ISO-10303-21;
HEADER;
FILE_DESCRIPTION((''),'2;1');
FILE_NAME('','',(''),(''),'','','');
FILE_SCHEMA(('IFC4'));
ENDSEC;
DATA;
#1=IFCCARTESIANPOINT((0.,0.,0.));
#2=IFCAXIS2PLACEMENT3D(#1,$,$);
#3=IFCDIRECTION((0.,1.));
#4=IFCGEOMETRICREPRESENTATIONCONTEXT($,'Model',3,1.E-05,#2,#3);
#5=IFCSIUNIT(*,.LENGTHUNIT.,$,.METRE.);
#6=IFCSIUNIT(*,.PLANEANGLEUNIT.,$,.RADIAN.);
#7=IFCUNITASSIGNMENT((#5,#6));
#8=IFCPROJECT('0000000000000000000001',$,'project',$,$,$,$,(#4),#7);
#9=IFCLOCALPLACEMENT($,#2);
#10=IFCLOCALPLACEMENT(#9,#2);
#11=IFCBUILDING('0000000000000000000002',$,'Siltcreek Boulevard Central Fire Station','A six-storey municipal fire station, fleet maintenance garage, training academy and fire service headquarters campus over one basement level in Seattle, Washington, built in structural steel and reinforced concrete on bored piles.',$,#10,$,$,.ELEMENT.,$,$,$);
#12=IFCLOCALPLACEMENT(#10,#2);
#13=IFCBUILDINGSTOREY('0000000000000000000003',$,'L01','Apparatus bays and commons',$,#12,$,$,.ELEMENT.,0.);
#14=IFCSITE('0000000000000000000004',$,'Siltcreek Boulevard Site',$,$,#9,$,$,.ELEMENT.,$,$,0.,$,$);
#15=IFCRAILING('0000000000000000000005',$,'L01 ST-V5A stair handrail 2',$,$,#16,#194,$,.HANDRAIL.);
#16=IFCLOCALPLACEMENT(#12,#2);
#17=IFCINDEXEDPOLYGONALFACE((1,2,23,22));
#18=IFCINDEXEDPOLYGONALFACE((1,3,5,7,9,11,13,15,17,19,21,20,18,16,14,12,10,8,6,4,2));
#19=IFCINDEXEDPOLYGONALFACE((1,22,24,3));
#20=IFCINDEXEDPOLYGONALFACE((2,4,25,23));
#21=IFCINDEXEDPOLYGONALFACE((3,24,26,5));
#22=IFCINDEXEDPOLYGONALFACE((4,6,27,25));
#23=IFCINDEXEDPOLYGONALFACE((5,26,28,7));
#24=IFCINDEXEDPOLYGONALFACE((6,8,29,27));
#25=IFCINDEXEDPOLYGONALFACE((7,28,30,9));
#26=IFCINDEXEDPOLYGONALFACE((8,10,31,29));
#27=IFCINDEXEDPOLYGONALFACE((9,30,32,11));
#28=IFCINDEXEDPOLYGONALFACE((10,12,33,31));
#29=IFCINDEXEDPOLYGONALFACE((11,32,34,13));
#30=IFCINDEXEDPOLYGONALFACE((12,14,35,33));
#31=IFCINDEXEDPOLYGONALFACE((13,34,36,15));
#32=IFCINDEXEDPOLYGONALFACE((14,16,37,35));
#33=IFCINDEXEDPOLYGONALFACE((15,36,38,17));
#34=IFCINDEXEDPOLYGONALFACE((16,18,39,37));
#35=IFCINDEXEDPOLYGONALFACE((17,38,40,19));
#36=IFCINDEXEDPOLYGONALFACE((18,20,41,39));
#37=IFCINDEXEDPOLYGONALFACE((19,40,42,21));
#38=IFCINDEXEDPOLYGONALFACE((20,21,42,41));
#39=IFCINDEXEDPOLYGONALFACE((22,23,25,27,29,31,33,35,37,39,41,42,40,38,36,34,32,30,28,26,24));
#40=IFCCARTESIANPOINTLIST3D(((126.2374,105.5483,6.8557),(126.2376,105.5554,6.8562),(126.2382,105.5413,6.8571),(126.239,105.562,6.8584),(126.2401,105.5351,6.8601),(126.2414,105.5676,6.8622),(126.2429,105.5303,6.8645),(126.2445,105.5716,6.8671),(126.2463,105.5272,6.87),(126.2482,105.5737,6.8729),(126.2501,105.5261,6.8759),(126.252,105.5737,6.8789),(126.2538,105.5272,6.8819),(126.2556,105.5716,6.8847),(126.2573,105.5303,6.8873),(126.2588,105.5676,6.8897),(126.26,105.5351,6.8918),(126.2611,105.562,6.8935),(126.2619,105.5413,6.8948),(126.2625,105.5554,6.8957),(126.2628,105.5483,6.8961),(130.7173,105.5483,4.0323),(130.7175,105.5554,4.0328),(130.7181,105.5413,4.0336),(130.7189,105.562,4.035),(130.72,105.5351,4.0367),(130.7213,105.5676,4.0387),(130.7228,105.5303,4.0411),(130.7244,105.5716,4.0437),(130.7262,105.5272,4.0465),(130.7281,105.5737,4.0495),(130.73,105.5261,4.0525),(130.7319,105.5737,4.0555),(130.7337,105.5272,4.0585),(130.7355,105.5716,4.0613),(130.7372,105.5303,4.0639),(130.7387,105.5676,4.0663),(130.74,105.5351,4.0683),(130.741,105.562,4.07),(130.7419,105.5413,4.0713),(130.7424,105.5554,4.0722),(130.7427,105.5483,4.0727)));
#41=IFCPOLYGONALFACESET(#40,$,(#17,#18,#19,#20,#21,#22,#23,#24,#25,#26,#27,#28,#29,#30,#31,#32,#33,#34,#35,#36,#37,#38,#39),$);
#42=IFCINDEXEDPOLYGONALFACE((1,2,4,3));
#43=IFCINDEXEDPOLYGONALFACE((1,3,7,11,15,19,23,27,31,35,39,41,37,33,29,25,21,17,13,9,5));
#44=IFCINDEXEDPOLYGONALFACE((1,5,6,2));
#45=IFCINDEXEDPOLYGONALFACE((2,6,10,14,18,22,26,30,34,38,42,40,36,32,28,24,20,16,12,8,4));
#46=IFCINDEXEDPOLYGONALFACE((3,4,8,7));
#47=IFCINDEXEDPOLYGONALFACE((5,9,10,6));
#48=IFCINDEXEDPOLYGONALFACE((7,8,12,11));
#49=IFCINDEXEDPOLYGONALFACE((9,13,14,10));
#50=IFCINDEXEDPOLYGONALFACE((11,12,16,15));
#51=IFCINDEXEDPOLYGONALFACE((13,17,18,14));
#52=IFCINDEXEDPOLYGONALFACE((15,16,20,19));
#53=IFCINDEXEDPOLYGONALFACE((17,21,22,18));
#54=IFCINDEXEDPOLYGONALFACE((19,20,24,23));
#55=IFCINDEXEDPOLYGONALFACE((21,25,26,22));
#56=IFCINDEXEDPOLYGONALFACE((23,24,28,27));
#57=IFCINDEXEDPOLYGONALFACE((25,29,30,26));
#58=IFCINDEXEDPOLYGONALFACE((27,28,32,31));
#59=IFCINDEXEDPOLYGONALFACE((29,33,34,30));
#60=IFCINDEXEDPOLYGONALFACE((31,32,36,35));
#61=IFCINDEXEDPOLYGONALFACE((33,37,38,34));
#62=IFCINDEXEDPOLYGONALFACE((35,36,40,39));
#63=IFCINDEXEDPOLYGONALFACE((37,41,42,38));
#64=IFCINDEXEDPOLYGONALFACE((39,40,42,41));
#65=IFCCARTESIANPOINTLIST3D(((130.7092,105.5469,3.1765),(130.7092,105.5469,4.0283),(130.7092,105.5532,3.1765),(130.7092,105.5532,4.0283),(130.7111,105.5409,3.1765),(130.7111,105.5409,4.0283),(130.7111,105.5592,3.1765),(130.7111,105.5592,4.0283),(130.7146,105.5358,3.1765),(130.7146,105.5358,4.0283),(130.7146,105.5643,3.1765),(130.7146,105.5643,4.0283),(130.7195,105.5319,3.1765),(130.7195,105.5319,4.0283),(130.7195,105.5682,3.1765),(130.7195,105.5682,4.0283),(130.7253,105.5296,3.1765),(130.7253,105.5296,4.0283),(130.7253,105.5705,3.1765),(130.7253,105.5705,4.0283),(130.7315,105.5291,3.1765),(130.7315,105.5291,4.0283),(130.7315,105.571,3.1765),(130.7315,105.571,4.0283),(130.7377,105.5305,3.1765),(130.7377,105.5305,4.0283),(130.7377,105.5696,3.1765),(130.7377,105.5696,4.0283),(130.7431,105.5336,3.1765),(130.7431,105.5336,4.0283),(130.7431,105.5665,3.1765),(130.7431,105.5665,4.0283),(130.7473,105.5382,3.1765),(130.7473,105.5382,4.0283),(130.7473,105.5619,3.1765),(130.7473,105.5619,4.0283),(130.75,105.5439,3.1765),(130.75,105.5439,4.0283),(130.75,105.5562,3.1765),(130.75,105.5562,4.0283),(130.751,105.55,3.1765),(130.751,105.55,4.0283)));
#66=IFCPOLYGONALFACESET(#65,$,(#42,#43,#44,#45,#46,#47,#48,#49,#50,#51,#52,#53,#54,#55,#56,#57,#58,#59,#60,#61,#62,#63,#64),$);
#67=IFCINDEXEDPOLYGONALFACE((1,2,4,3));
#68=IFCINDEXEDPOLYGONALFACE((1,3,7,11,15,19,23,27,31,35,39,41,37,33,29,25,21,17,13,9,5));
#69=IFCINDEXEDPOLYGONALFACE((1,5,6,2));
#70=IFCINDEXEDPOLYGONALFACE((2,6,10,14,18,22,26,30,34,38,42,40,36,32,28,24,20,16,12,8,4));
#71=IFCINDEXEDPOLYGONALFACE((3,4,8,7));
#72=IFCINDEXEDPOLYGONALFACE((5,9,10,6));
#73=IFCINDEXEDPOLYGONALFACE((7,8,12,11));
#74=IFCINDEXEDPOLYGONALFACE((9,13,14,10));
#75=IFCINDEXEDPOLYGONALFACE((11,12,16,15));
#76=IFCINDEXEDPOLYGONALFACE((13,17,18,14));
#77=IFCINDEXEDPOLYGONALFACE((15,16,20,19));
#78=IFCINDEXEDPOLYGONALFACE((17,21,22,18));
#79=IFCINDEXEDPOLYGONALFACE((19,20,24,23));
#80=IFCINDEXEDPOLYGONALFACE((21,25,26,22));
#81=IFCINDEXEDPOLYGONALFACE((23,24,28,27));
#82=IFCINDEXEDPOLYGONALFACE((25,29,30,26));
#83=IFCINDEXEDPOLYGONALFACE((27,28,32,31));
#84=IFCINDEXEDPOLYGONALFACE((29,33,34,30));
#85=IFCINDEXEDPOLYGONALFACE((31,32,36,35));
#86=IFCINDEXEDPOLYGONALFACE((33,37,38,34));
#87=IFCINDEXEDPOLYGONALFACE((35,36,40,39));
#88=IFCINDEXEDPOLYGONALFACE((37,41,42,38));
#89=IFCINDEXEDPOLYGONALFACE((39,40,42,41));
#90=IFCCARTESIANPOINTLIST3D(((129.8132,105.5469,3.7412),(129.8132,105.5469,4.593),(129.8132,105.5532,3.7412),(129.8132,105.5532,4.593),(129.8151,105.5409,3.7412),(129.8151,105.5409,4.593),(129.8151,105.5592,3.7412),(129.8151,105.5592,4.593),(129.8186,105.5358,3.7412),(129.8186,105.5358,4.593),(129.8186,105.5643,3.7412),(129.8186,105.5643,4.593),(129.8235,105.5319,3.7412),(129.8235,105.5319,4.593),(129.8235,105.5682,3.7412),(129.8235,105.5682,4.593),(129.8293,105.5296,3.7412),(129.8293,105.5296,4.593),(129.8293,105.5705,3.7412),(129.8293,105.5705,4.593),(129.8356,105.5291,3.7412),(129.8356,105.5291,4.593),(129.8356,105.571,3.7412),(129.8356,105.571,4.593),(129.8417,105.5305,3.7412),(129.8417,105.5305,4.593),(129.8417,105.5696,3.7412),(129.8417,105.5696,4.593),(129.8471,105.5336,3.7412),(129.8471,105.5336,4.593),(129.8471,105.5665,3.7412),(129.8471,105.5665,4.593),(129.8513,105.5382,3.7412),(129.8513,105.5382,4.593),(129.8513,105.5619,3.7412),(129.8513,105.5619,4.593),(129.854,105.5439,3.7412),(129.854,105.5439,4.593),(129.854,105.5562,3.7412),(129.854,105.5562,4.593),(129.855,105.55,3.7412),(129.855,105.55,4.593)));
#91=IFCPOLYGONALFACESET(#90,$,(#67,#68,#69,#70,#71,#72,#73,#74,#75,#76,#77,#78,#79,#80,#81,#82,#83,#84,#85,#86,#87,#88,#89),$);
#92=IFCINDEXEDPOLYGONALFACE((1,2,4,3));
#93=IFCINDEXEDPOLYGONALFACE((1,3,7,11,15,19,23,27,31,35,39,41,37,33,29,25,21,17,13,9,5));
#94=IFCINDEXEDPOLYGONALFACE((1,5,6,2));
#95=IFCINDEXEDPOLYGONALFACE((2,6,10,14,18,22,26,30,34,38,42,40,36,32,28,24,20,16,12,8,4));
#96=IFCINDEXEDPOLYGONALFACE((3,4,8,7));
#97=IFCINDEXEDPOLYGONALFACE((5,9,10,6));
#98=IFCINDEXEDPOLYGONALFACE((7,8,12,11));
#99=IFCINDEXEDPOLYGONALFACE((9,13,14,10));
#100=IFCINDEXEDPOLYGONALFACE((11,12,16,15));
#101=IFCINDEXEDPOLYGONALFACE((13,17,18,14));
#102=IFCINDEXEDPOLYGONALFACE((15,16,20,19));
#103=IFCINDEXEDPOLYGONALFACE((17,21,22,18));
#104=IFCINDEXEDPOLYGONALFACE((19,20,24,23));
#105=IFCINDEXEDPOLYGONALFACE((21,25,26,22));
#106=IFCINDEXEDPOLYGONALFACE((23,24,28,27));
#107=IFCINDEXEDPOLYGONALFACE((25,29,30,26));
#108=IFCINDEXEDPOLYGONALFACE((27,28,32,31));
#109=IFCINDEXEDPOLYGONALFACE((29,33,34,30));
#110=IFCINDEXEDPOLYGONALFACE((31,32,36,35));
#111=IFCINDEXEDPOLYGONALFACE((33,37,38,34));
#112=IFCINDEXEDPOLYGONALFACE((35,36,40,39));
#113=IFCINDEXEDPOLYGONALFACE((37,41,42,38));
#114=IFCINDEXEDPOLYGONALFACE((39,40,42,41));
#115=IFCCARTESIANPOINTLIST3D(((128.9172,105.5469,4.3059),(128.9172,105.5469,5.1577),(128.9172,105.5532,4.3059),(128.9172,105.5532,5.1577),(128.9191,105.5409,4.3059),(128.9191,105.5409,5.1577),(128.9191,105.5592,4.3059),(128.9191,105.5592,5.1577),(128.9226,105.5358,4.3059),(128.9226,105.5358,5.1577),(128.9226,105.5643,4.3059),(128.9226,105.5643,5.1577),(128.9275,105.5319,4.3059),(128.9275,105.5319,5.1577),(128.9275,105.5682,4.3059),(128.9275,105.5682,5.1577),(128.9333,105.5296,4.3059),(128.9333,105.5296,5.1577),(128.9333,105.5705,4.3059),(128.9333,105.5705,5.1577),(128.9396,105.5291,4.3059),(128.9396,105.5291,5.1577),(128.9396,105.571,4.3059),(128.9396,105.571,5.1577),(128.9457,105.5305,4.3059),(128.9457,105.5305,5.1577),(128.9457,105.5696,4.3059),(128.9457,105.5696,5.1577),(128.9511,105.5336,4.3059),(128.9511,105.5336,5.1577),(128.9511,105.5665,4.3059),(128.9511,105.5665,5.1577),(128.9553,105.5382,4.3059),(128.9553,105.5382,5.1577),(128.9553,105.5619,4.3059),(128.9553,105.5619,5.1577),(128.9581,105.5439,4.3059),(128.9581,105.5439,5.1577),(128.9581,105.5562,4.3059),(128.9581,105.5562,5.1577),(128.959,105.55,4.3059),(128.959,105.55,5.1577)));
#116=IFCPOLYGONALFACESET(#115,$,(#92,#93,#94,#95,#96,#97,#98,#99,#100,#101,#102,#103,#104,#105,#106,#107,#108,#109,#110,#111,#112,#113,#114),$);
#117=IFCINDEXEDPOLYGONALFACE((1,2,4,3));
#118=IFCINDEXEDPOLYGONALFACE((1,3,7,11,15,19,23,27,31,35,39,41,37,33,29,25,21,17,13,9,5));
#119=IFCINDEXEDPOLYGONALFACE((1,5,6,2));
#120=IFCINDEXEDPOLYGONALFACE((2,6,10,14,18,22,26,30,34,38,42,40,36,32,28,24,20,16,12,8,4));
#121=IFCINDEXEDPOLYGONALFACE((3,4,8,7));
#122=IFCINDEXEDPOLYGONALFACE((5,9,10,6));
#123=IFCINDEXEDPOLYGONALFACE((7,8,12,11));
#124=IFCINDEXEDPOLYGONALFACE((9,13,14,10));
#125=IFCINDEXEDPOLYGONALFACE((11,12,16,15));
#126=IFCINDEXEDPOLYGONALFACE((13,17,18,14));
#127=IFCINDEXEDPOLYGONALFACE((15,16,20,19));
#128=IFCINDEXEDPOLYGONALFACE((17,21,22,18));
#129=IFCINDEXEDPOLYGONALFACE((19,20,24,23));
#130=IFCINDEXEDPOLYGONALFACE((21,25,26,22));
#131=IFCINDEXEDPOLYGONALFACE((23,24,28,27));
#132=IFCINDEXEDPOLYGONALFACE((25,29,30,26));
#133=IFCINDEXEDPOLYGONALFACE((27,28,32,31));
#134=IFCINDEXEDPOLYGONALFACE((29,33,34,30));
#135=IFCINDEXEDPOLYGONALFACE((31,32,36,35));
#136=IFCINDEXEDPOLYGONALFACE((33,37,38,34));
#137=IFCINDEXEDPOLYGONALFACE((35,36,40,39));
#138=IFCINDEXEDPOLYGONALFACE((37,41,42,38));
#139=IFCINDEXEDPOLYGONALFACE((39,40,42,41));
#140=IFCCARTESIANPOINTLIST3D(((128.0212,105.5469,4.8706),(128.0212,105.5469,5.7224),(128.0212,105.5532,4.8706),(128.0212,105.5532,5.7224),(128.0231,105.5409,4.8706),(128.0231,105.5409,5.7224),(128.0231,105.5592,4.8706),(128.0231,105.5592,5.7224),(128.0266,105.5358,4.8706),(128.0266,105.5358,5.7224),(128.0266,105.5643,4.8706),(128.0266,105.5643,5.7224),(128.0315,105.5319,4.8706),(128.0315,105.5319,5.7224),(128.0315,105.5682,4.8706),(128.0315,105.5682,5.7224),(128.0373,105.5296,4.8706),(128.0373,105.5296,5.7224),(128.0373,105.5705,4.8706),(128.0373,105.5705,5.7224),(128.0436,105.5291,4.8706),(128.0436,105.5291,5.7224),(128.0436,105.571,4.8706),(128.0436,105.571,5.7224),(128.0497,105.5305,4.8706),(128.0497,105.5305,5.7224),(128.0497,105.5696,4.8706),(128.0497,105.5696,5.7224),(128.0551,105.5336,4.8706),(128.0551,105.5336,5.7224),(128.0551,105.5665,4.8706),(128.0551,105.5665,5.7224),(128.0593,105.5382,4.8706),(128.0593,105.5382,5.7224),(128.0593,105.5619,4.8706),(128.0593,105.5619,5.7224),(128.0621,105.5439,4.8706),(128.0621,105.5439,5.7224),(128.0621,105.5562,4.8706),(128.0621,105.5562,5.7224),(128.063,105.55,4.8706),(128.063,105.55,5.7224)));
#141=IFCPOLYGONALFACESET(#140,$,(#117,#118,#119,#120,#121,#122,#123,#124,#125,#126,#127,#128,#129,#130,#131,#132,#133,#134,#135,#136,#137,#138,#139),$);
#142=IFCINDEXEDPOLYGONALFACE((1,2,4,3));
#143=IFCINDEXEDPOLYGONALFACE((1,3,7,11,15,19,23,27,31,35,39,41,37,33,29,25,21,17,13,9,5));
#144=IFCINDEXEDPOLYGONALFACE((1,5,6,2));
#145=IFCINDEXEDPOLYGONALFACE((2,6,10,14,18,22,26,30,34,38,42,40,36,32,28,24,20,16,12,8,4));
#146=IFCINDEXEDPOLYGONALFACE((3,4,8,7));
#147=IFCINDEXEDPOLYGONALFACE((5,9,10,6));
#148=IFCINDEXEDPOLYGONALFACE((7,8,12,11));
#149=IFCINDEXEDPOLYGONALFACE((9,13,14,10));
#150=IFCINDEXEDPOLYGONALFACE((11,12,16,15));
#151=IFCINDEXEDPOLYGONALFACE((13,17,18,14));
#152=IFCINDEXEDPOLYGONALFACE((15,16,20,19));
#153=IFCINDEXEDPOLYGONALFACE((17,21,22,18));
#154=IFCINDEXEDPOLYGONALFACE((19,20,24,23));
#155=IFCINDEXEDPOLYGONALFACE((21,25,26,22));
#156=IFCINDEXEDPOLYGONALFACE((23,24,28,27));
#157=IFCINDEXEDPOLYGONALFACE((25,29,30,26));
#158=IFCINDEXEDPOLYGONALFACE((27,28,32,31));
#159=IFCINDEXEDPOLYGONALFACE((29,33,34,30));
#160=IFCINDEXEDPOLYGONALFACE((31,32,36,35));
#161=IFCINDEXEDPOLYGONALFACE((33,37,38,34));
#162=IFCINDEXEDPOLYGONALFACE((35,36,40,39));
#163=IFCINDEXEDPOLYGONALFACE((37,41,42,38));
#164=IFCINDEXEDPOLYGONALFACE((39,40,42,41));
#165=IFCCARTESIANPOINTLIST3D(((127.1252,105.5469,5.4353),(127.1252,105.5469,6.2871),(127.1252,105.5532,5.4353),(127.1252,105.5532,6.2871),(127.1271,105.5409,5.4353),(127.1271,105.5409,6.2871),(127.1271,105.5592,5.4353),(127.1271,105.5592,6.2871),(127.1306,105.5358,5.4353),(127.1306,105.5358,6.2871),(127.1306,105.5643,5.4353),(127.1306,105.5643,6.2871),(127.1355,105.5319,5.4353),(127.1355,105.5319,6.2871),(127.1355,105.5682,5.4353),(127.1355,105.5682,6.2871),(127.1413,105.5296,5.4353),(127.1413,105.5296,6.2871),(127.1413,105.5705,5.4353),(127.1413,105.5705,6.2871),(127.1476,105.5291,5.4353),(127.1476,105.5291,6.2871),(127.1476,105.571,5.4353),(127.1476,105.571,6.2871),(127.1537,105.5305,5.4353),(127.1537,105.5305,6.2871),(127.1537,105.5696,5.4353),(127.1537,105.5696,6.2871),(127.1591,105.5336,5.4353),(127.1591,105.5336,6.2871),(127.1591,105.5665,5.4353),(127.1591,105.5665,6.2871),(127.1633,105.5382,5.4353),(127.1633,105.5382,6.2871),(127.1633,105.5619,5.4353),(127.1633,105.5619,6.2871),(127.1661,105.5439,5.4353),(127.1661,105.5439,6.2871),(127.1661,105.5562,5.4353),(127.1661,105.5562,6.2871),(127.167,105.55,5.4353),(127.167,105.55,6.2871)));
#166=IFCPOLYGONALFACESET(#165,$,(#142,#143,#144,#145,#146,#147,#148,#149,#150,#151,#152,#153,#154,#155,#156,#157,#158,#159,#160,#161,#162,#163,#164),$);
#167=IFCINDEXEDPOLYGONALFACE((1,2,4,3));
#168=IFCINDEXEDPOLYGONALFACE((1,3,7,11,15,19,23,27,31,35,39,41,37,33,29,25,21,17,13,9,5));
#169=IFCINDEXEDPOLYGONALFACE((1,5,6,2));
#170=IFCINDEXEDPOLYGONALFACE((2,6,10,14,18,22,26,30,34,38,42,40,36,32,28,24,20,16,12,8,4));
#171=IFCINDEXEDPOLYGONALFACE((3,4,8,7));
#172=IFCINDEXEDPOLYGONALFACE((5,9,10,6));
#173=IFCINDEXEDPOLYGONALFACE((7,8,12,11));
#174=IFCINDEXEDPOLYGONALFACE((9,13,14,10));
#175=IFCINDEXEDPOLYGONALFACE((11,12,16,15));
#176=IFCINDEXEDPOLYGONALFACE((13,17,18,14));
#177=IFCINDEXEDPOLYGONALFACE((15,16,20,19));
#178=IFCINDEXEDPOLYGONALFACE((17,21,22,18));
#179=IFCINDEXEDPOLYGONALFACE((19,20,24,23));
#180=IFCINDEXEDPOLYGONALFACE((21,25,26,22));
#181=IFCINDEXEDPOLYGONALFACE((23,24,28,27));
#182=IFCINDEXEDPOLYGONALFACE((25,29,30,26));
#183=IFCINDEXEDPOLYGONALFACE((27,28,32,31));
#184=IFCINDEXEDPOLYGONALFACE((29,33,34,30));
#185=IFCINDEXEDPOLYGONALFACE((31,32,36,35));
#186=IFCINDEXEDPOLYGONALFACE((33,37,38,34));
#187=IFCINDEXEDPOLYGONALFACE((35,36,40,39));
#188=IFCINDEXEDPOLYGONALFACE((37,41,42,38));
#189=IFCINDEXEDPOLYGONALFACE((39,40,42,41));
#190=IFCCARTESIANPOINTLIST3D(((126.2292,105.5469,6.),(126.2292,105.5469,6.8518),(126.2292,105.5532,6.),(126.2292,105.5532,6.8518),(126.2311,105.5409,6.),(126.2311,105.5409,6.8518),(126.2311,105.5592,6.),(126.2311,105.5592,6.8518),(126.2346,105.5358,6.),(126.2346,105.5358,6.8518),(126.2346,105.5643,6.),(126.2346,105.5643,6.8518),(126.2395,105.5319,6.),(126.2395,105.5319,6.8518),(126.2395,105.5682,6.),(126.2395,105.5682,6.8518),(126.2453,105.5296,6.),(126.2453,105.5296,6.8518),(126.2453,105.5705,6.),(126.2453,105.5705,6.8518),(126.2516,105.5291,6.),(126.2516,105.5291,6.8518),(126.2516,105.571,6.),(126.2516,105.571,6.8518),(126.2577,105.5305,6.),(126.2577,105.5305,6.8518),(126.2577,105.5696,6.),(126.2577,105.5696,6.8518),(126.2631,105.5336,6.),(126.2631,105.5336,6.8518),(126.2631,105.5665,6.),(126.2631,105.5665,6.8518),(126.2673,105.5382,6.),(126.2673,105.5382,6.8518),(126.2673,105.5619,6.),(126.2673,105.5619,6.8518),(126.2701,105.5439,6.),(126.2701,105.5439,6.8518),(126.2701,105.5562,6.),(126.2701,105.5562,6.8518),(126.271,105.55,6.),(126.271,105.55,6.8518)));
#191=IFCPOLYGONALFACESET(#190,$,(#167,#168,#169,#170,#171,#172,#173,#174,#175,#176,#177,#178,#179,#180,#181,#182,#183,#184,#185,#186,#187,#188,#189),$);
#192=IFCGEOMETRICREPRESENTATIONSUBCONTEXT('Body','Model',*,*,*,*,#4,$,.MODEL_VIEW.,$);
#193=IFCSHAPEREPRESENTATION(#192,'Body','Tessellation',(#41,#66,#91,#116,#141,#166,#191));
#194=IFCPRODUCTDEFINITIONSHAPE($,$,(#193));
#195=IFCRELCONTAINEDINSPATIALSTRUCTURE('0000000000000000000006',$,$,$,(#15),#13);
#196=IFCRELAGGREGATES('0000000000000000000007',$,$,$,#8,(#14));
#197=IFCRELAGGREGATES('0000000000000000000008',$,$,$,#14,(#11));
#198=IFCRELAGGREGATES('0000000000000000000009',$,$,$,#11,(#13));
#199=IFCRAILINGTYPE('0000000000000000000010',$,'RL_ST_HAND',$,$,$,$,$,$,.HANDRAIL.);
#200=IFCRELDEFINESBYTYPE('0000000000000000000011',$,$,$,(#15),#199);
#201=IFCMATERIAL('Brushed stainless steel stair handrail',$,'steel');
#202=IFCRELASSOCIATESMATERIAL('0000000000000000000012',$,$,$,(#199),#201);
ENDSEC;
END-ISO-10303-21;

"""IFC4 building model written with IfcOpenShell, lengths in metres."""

from ifc_helpers import new_model, si_unit, direction, frame, origin, origin_2d, place, context, subcontext, project, spatial, circle, extrude, material, type_object, element, save


model = new_model("IFC4")

# Units and contexts
model_context = context("Model", 3, precision=1e-05, world=origin(), true_north=direction((0.0, 1.0)))
body_context = subcontext(model_context, "Body", "Model", "MODEL_VIEW")
ifc_project = project(units=[si_unit("LENGTHUNIT", "METRE"), si_unit("PLANEANGLEUNIT", "RADIAN")], contexts=[model_context])

# Site, building, storey
site_placement = place(None, origin())
site = spatial("IfcSite", under=ifc_project, at=site_placement, Name="Siltcreek Boulevard Site", CompositionType="ELEMENT", RefElevation=0.0)
building_placement = place(site_placement, origin())
building = spatial("IfcBuilding", under=site, at=building_placement, Name="Siltcreek Boulevard Central Fire Station", Description="A six-storey municipal fire station, fleet maintenance garage, training academy and fire service headquarters campus over one basement level in Seattle, Washington, built in structural steel and reinforced concrete on bored piles.", CompositionType="ELEMENT")
storey_placement = place(building_placement, origin())
storey = spatial("IfcBuildingStorey", under=building, at=storey_placement, Name="L01", Description="Apparatus bays and commons", CompositionType="ELEMENT", Elevation=0.0)

# Railing
ifc_material_1 = material(Name="Brushed stainless steel stair handrail", Category="steel")
railing_type_1 = type_object("IfcRailingType", Name="RL_ST_HAND", PredefinedType="HANDRAIL", material=ifc_material_1)
railing_1_placement = place(storey_placement, frame((130.73, 105.55, 3.1765)))
element("IfcRailing", 1, at=railing_1_placement, inside=storey, type_object=railing_type_1, Name="L01 ST-V5A stair handrail 2", PredefinedType="HANDRAIL", context=body_context, shape_type="SweptSolid", body=[
    extrude(circle(Radius=0.0239, at=origin_2d()), frame((0.0, 0.0, 0.876), z_axis=(-0.845998, 0.0, 0.533186), x_axis=(0.0, -1.0, 0.0)), (0.0, 0.0, 1.0), 5.2954),
    extrude(circle(Radius=0.021, at=origin_2d()), origin(), (0.0, 0.0, 1.0), 0.8518),
    extrude(circle(Radius=0.021, at=origin_2d()), frame((-0.896, 0.0, 0.5647)), (0.0, 0.0, 1.0), 0.8518),
    extrude(circle(Radius=0.021, at=origin_2d()), frame((-1.792, 0.0, 1.1294)), (0.0, 0.0, 1.0), 0.8518),
    extrude(circle(Radius=0.021, at=origin_2d()), frame((-2.688, 0.0, 1.6941)), (0.0, 0.0, 1.0), 0.8518),
    extrude(circle(Radius=0.021, at=origin_2d()), frame((-3.584, 0.0, 2.2588)), (0.0, 0.0, 1.0), 0.8518),
    extrude(circle(Radius=0.021, at=origin_2d()), frame((-4.48, 0.0, 2.8235)), (0.0, 0.0, 1.0), 0.8518),
])

save(model, "model.ifc")
